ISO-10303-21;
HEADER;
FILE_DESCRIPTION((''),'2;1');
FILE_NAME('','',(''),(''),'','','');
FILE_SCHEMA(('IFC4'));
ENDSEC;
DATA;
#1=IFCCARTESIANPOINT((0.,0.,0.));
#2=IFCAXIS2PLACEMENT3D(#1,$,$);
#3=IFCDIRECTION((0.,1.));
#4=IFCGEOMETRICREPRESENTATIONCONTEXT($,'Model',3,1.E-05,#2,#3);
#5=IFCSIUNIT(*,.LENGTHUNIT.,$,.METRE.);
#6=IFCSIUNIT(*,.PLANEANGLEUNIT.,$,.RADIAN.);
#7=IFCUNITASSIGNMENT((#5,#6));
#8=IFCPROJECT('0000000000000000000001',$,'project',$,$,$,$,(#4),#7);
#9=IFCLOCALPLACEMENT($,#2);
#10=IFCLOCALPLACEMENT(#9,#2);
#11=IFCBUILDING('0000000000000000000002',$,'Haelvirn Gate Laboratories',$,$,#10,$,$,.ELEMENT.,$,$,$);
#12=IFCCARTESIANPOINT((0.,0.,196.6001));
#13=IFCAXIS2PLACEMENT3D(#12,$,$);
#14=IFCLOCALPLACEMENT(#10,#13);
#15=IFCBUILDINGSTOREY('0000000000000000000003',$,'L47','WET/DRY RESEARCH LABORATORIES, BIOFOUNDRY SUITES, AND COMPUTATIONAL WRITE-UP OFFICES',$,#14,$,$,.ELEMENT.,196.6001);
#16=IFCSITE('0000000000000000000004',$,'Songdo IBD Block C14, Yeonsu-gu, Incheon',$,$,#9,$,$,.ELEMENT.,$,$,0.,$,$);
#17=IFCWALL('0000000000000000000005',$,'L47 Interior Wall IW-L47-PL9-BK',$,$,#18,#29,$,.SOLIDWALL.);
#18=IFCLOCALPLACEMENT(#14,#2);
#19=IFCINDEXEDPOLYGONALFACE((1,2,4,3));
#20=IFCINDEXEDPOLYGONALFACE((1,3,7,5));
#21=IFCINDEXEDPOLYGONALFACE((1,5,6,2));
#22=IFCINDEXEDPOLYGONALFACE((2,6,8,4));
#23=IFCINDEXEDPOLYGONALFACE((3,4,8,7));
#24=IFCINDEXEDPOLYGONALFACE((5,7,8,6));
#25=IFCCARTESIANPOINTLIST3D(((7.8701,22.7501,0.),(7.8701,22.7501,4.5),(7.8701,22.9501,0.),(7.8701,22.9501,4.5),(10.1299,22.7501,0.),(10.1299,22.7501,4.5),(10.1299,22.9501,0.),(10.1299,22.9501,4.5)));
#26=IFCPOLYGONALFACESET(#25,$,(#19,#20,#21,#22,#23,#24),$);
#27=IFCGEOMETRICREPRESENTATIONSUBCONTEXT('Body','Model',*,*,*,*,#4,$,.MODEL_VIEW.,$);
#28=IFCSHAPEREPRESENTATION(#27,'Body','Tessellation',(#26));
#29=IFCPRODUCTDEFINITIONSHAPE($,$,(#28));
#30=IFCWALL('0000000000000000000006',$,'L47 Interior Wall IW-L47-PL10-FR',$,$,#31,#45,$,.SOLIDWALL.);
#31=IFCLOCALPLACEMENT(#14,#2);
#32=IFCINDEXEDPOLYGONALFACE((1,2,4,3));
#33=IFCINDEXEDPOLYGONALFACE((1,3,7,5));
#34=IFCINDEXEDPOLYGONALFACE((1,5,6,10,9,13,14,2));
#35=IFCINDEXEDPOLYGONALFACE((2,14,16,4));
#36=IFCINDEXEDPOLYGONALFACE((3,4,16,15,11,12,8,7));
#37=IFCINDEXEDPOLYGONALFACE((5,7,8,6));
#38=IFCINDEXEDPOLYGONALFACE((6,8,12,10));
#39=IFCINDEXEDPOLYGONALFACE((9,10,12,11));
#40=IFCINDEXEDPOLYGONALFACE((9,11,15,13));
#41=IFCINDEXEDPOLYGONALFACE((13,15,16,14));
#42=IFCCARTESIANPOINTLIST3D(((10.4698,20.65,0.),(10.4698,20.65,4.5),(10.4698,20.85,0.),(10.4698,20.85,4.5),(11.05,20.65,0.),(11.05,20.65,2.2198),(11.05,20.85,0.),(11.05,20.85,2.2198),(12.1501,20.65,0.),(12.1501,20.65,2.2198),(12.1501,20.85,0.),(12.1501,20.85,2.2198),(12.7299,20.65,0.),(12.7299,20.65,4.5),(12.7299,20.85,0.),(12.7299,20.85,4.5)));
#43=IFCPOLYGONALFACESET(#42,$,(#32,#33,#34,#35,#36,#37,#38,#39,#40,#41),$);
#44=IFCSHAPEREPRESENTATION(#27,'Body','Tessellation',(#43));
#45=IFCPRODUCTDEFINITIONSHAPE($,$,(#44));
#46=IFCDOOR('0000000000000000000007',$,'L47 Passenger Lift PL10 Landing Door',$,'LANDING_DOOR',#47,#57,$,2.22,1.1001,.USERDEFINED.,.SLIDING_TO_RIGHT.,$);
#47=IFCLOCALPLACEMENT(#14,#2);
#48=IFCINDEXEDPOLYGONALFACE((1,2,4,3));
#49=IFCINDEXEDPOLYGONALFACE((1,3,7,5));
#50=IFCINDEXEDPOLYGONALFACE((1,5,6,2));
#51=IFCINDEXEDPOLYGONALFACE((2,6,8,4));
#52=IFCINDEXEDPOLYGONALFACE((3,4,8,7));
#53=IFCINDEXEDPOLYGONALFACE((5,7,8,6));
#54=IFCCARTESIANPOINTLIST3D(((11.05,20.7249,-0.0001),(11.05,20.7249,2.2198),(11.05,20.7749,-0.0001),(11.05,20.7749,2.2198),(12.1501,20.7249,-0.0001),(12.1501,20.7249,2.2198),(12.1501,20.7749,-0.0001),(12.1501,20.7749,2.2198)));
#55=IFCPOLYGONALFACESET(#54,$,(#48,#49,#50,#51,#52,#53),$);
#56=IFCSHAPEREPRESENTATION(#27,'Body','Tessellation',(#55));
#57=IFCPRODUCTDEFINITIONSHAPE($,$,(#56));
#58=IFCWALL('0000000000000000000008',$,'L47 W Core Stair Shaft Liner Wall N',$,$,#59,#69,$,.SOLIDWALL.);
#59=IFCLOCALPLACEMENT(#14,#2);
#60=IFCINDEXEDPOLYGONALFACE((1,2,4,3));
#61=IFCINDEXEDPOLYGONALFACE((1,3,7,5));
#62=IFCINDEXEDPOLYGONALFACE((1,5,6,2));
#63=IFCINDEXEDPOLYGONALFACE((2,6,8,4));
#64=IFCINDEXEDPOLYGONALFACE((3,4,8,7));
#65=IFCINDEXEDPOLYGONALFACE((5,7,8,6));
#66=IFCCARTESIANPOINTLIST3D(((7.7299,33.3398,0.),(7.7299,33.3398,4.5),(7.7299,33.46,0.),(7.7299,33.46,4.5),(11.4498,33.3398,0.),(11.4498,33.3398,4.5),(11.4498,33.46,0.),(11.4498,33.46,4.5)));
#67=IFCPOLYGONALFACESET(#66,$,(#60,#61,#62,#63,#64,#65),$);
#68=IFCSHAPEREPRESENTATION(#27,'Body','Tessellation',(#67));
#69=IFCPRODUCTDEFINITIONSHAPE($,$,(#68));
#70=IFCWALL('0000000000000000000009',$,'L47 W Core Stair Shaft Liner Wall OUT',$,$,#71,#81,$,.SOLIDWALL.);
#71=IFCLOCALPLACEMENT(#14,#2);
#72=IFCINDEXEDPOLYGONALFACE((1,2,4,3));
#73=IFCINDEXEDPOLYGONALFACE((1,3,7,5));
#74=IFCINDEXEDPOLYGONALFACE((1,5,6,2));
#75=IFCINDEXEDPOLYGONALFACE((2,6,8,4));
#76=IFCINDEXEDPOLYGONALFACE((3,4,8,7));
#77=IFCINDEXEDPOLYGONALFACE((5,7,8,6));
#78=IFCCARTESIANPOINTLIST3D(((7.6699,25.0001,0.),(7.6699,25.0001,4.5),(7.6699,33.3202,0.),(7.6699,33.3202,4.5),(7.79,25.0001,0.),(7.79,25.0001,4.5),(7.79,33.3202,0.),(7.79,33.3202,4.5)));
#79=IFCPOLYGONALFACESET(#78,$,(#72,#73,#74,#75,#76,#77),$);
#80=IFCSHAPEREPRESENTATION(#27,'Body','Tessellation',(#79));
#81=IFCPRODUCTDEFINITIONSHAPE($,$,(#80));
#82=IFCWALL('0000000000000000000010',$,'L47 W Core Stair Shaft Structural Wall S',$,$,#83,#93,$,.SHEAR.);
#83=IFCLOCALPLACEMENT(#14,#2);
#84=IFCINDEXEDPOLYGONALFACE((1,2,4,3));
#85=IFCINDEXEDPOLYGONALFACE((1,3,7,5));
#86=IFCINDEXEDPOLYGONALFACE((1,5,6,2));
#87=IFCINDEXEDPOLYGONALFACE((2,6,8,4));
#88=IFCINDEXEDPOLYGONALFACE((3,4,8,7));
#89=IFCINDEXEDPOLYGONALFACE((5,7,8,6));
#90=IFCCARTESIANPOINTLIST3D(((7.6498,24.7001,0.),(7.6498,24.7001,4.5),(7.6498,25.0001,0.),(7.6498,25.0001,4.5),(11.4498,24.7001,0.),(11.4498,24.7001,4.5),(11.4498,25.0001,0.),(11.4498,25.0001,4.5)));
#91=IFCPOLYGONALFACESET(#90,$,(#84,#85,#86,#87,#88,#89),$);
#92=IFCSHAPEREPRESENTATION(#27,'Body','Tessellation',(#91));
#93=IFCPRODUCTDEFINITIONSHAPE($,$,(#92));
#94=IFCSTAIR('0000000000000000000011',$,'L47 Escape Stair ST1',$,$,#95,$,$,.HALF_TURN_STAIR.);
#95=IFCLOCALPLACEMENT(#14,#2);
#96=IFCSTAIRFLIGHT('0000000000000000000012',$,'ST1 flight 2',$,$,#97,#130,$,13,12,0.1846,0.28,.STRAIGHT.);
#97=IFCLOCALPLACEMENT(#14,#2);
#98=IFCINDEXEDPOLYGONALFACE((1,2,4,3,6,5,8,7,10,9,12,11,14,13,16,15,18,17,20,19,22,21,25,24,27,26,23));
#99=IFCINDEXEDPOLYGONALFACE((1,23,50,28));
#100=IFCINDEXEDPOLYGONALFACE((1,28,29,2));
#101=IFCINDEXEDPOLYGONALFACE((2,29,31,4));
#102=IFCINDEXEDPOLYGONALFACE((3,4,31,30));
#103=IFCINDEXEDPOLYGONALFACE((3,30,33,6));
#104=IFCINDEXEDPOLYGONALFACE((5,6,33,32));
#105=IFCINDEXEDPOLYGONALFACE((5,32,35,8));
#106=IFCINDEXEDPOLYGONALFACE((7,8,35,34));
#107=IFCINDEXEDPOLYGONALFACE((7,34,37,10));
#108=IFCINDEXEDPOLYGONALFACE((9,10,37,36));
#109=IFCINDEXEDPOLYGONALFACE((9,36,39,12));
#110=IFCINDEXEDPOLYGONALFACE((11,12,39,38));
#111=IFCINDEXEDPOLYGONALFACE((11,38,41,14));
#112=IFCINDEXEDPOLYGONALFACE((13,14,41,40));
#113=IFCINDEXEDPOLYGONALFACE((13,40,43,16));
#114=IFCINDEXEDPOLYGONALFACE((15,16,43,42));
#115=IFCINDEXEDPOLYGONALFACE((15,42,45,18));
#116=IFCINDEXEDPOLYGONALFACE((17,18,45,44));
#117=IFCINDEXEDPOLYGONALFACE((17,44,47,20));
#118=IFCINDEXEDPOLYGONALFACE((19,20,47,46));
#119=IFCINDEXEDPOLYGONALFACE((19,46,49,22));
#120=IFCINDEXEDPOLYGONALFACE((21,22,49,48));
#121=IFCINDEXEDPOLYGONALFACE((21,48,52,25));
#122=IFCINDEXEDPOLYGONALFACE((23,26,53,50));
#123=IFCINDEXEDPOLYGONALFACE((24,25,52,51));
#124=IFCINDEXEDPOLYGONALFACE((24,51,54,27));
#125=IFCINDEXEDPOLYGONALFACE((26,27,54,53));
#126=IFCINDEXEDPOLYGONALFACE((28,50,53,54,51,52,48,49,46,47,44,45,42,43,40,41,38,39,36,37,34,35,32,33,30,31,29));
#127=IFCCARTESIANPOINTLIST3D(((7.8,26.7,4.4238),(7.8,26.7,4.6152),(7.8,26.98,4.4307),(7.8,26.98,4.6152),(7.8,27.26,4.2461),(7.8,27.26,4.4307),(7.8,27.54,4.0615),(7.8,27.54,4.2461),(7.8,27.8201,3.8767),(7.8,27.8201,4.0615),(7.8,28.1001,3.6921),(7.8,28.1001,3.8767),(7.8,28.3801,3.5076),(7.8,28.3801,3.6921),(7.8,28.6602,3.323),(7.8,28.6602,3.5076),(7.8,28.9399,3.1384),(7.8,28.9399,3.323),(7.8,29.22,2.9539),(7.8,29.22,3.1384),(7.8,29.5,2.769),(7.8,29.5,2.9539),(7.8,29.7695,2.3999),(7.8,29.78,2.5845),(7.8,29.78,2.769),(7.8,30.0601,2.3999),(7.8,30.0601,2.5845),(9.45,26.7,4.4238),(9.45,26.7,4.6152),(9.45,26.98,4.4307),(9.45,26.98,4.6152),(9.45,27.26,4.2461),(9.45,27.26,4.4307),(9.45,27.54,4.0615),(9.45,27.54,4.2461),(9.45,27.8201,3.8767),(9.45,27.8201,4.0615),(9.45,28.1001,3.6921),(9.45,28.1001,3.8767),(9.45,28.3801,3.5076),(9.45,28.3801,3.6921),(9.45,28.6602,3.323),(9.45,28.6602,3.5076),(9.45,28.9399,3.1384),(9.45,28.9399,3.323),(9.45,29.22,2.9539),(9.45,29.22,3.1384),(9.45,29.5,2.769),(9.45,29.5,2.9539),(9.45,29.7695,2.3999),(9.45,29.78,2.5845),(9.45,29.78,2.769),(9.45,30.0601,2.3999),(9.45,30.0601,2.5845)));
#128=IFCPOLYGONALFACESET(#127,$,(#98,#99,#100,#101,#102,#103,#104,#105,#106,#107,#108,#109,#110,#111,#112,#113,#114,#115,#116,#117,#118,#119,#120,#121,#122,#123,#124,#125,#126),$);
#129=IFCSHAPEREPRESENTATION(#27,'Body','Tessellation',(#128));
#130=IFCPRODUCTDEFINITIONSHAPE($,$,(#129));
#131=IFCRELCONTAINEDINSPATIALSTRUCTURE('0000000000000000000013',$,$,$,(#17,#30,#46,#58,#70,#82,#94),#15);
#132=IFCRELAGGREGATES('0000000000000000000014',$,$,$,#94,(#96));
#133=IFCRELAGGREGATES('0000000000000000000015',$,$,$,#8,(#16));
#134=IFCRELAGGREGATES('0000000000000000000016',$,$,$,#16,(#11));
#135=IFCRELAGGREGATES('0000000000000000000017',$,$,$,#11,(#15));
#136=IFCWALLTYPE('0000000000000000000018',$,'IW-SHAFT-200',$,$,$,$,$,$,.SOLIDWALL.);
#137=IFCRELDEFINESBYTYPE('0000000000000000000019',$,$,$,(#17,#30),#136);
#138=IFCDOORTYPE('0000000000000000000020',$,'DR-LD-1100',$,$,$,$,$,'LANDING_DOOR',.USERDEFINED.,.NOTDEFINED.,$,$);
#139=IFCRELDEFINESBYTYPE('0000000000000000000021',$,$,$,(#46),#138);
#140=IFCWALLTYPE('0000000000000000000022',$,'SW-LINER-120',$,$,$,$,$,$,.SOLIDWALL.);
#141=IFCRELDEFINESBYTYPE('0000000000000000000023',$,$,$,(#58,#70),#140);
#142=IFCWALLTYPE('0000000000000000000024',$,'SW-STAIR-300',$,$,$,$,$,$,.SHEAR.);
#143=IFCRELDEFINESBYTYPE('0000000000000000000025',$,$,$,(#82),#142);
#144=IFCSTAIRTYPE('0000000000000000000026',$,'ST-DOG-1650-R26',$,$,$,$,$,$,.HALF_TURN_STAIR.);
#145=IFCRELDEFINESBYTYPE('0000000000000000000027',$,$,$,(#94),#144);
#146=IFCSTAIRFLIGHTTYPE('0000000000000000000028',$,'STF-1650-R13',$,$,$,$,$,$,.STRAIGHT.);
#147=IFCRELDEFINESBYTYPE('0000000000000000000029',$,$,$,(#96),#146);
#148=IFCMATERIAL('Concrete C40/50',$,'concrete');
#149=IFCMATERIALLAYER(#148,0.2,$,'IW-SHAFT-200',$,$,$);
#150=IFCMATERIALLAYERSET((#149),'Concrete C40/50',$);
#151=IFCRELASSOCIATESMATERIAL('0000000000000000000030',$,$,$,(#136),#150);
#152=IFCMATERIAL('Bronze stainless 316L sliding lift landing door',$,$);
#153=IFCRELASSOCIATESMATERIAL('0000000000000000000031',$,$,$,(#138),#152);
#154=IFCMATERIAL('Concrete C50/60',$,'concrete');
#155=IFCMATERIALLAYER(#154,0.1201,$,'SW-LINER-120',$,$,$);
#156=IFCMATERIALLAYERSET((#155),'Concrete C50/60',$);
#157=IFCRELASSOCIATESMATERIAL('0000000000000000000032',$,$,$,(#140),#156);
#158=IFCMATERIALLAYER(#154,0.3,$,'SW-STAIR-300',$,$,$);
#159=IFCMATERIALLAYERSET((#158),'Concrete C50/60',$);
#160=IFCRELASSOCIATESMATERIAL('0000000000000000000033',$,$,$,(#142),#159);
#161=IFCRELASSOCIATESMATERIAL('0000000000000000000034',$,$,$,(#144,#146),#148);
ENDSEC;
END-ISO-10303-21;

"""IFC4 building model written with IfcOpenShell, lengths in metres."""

from ifc_helpers import new_model, si_unit, direction, frame, frame_2d, origin, place, context, subcontext, project, spatial, polyline, rectangle, outline, extrude, source, transform, mapped, material, layer, layer_set, type_object, type_shapes, element, fill, aggregate, save


model = new_model("IFC4")

# Units and contexts
model_context = context("Model", 3, precision=1e-05, world=origin(), true_north=direction((0.0, 1.0)))
body_context = subcontext(model_context, "Body", "Model", "MODEL_VIEW")
ifc_project = project(units=[si_unit("LENGTHUNIT", "METRE"), si_unit("PLANEANGLEUNIT", "RADIAN")], contexts=[model_context])

# Site, building, storey
site_placement = place(None, origin())
site = spatial("IfcSite", under=ifc_project, at=site_placement, Name="Songdo IBD Block C14, Yeonsu-gu, Incheon", CompositionType="ELEMENT", RefElevation=0.0)
building_placement = place(site_placement, origin())
building = spatial("IfcBuilding", under=site, at=building_placement, Name="Haelvirn Gate Laboratories", CompositionType="ELEMENT")
storey_placement = place(building_placement, frame((0.0, 0.0, 196.6001)))
storey = spatial("IfcBuildingStorey", under=building, at=storey_placement, Name="L47", Description="WET/DRY RESEARCH LABORATORIES, BIOFOUNDRY SUITES, AND COMPUTATIONAL WRITE-UP OFFICES", CompositionType="ELEMENT", Elevation=196.6001)

# Shared definitions
ifc_material_1 = material(Name="Concrete C50/60", Category="concrete")

# Shared definitions
ifc_material_2 = material(Name="Concrete C40/50", Category="concrete")

# Shared definitions
ifc_layer_1 = layer(ifc_material_2, 0.2, Name="IW-SHAFT-200")
ifc_layer_set_1 = layer_set([ifc_layer_1], Name="Concrete C40/50")
wall_type_1 = type_object("IfcWallType", Name="IW-SHAFT-200", PredefinedType="SOLIDWALL", material=ifc_layer_set_1)
ifc_material_3 = material(Name="Bronze stainless 316L sliding lift landing door")
door_type_1 = type_object("IfcDoorType", Name="DR-LD-1100", ElementType="LANDING_DOOR", OperationType="NOTDEFINED", PredefinedType="USERDEFINED", material=ifc_material_3)
shared_shape_1 = source(origin(), body_context, "Body", "SweptSolid", [
    extrude(rectangle(XDim=1.1001, YDim=2.22, at=frame_2d((0.55, 1.1099))), frame((0.0, 0.0249, 0.0), z_axis=(0.0, -1.0, 0.0), x_axis=(1.0, 0.0, 0.0)), (0.0, 0.0, 1.0), 0.05),
])
type_shapes(door_type_1, [shared_shape_1])

# Wall
wall_1_placement = place(storey_placement, frame((7.8701, 22.8501, 0.0), z_axis=(0.0, 0.0, 1.0), x_axis=(1.0, 0.0, 0.0)))
element("IfcWall", 1, at=wall_1_placement, inside=storey, type_object=wall_type_1, Name="L47 Interior Wall IW-L47-PL9-BK", PredefinedType="SOLIDWALL", context=body_context, shape_type="SweptSolid", body=[
    extrude(rectangle(XDim=2.2598, YDim=0.2, at=frame_2d((1.1299, 0.0))), origin(), (0.0, 0.0, 1.0), 4.5),
])

# Wall, opening, door
wall_2_placement = place(storey_placement, frame((10.47, 20.75, 0.0), z_axis=(0.0, 0.0, 1.0), x_axis=(1.0, 0.0, 0.0)))
wall_2 = element("IfcWall", 2, at=wall_2_placement, inside=storey, type_object=wall_type_1, Name="L47 Interior Wall IW-L47-PL10-FR", PredefinedType="SOLIDWALL", context=body_context, shape_type="SweptSolid", body=[
    extrude(rectangle(XDim=2.26, YDim=0.2, at=frame_2d((1.1299, 0.0))), origin(), (0.0, 0.0, 1.0), 4.5),
])
opening_1_placement = place(wall_2_placement, frame((0.5801, 0.0, 0.0)))
opening_1 = element("IfcOpeningElement", 3, at=opening_1_placement, cuts=wall_2, PredefinedType="OPENING", context=body_context, shape_type="SweptSolid", body=[
    extrude(rectangle(XDim=1.1001, YDim=2.22, at=frame_2d((0.55, 1.1099))), frame((0.0, 0.1099, 0.0), z_axis=(0.0, -1.0, 0.0), x_axis=(1.0, 0.0, 0.0)), (0.0, 0.0, 1.0), 0.22),
])
door_1_placement = place(opening_1_placement, origin())
door_1 = element("IfcDoor", 4, at=door_1_placement, inside=storey, type_object=door_type_1, Name="L47 Passenger Lift PL10 Landing Door", ObjectType="LANDING_DOOR", OperationType="SLIDING_TO_RIGHT", OverallHeight=2.22, OverallWidth=1.1001, PredefinedType="USERDEFINED", context=body_context, shape_type="MappedRepresentation", body=[
    mapped(shared_shape_1, transform((0.0, 0.0, 0.0), scale=1.0)),
])
fill(opening_1, door_1)

# Walls
ifc_layer_2 = layer(ifc_material_1, 0.1201, Name="SW-LINER-120")
ifc_layer_set_2 = layer_set([ifc_layer_2], Name="Concrete C50/60")
wall_type_2 = type_object("IfcWallType", Name="SW-LINER-120", PredefinedType="SOLIDWALL", material=ifc_layer_set_2)
wall_3_placement = place(storey_placement, frame((7.73, 33.3999, 0.0), z_axis=(0.0, 0.0, 1.0), x_axis=(1.0, 0.0, 0.0)))
element("IfcWall", 5, at=wall_3_placement, inside=storey, type_object=wall_type_2, Name="L47 W Core Stair Shaft Liner Wall N", PredefinedType="SOLIDWALL", context=body_context, shape_type="SweptSolid", body=[
    extrude(rectangle(XDim=3.72, YDim=0.1201, at=frame_2d((1.8599, 0.0))), origin(), (0.0, 0.0, 1.0), 4.5),
])
wall_4_placement = place(storey_placement, frame((7.73, 25.0, 0.0), z_axis=(0.0, 0.0, 1.0), x_axis=(0.0, 1.0, 0.0)))
element("IfcWall", 6, at=wall_4_placement, inside=storey, type_object=wall_type_2, Name="L47 W Core Stair Shaft Liner Wall OUT", PredefinedType="SOLIDWALL", context=body_context, shape_type="SweptSolid", body=[
    extrude(rectangle(XDim=8.3201, YDim=0.1201, at=frame_2d((4.1602, 0.0))), origin(), (0.0, 0.0, 1.0), 4.5),
])
ifc_layer_3 = layer(ifc_material_1, 0.3, Name="SW-STAIR-300")
ifc_layer_set_3 = layer_set([ifc_layer_3], Name="Concrete C50/60")
wall_type_3 = type_object("IfcWallType", Name="SW-STAIR-300", PredefinedType="SHEAR", material=ifc_layer_set_3)
wall_5_placement = place(storey_placement, frame((7.6499, 24.8501, 0.0), z_axis=(0.0, 0.0, 1.0), x_axis=(1.0, 0.0, 0.0)))
element("IfcWall", 7, at=wall_5_placement, inside=storey, type_object=wall_type_3, Name="L47 W Core Stair Shaft Structural Wall S", PredefinedType="SHEAR", context=body_context, shape_type="SweptSolid", body=[
    extrude(rectangle(XDim=3.8, YDim=0.3, at=frame_2d((1.8999, 0.0))), origin(), (0.0, 0.0, 1.0), 4.5),
])

# Stair, stair flight
stair_type = type_object("IfcStairType", Name="ST-DOG-1650-R26", PredefinedType="HALF_TURN_STAIR", material=ifc_material_2)
stair_placement = place(storey_placement, origin())
stair = element("IfcStair", 8, at=stair_placement, inside=storey, type_object=stair_type, Name="L47 Escape Stair ST1", PredefinedType="HALF_TURN_STAIR")
stair_flight_type = type_object("IfcStairFlightType", Name="STF-1650-R13", PredefinedType="STRAIGHT", material=ifc_material_2)
shared_shape_2 = source(origin(), body_context, "Body", "SweptSolid", [
    extrude(outline(polyline([(0.0, 0.0), (0.0, 0.1846), (0.28, 0.1846), (0.28, 0.3691), (0.5601, 0.3691), (0.5601, 0.554), (0.8401, 0.554), (0.8401, 0.7385), (1.1201, 0.7385), (1.1201, 0.9231), (1.3999, 0.9231), (1.3999, 1.1077), (1.6799, 1.1077), (1.6799, 1.2922), (1.96, 1.2922), (1.96, 1.4768), (2.24, 1.4768), (2.24, 1.6616), (2.52, 1.6616), (2.52, 1.8462), (2.8, 1.8462), (2.8, 2.0308), (3.0801, 2.0308), (3.0801, 2.2153), (3.3601, 2.2153), (3.3601, 2.3999), (3.3601, 2.0239), (0.2905, 0.0), (0.0, 0.0)])), frame((0.0, 0.825, 0.0), z_axis=(0.0, -1.0, 0.0), x_axis=(1.0, 0.0, 0.0)), (0.0, 0.0, 1.0), 1.6499),
])
type_shapes(stair_flight_type, [shared_shape_2])
stair_flight_placement = place(storey_placement, frame((8.625, 30.0601, 2.3999), z_axis=(0.0, 0.0, 1.0), x_axis=(0.0, -1.0, 0.0)))
stair_flight = element("IfcStairFlight", 9, at=stair_flight_placement, type_object=stair_flight_type, Name="ST1 flight 2", NumberOfRisers=13, NumberOfTreads=12, PredefinedType="STRAIGHT", RiserHeight=0.1846, TreadLength=0.28, context=body_context, shape_type="MappedRepresentation", body=[
    mapped(shared_shape_2, transform((0.0, 0.0, 0.0), scale=1.0)),
])
aggregate(stair, [stair_flight])

save(model, "model.ifc")
